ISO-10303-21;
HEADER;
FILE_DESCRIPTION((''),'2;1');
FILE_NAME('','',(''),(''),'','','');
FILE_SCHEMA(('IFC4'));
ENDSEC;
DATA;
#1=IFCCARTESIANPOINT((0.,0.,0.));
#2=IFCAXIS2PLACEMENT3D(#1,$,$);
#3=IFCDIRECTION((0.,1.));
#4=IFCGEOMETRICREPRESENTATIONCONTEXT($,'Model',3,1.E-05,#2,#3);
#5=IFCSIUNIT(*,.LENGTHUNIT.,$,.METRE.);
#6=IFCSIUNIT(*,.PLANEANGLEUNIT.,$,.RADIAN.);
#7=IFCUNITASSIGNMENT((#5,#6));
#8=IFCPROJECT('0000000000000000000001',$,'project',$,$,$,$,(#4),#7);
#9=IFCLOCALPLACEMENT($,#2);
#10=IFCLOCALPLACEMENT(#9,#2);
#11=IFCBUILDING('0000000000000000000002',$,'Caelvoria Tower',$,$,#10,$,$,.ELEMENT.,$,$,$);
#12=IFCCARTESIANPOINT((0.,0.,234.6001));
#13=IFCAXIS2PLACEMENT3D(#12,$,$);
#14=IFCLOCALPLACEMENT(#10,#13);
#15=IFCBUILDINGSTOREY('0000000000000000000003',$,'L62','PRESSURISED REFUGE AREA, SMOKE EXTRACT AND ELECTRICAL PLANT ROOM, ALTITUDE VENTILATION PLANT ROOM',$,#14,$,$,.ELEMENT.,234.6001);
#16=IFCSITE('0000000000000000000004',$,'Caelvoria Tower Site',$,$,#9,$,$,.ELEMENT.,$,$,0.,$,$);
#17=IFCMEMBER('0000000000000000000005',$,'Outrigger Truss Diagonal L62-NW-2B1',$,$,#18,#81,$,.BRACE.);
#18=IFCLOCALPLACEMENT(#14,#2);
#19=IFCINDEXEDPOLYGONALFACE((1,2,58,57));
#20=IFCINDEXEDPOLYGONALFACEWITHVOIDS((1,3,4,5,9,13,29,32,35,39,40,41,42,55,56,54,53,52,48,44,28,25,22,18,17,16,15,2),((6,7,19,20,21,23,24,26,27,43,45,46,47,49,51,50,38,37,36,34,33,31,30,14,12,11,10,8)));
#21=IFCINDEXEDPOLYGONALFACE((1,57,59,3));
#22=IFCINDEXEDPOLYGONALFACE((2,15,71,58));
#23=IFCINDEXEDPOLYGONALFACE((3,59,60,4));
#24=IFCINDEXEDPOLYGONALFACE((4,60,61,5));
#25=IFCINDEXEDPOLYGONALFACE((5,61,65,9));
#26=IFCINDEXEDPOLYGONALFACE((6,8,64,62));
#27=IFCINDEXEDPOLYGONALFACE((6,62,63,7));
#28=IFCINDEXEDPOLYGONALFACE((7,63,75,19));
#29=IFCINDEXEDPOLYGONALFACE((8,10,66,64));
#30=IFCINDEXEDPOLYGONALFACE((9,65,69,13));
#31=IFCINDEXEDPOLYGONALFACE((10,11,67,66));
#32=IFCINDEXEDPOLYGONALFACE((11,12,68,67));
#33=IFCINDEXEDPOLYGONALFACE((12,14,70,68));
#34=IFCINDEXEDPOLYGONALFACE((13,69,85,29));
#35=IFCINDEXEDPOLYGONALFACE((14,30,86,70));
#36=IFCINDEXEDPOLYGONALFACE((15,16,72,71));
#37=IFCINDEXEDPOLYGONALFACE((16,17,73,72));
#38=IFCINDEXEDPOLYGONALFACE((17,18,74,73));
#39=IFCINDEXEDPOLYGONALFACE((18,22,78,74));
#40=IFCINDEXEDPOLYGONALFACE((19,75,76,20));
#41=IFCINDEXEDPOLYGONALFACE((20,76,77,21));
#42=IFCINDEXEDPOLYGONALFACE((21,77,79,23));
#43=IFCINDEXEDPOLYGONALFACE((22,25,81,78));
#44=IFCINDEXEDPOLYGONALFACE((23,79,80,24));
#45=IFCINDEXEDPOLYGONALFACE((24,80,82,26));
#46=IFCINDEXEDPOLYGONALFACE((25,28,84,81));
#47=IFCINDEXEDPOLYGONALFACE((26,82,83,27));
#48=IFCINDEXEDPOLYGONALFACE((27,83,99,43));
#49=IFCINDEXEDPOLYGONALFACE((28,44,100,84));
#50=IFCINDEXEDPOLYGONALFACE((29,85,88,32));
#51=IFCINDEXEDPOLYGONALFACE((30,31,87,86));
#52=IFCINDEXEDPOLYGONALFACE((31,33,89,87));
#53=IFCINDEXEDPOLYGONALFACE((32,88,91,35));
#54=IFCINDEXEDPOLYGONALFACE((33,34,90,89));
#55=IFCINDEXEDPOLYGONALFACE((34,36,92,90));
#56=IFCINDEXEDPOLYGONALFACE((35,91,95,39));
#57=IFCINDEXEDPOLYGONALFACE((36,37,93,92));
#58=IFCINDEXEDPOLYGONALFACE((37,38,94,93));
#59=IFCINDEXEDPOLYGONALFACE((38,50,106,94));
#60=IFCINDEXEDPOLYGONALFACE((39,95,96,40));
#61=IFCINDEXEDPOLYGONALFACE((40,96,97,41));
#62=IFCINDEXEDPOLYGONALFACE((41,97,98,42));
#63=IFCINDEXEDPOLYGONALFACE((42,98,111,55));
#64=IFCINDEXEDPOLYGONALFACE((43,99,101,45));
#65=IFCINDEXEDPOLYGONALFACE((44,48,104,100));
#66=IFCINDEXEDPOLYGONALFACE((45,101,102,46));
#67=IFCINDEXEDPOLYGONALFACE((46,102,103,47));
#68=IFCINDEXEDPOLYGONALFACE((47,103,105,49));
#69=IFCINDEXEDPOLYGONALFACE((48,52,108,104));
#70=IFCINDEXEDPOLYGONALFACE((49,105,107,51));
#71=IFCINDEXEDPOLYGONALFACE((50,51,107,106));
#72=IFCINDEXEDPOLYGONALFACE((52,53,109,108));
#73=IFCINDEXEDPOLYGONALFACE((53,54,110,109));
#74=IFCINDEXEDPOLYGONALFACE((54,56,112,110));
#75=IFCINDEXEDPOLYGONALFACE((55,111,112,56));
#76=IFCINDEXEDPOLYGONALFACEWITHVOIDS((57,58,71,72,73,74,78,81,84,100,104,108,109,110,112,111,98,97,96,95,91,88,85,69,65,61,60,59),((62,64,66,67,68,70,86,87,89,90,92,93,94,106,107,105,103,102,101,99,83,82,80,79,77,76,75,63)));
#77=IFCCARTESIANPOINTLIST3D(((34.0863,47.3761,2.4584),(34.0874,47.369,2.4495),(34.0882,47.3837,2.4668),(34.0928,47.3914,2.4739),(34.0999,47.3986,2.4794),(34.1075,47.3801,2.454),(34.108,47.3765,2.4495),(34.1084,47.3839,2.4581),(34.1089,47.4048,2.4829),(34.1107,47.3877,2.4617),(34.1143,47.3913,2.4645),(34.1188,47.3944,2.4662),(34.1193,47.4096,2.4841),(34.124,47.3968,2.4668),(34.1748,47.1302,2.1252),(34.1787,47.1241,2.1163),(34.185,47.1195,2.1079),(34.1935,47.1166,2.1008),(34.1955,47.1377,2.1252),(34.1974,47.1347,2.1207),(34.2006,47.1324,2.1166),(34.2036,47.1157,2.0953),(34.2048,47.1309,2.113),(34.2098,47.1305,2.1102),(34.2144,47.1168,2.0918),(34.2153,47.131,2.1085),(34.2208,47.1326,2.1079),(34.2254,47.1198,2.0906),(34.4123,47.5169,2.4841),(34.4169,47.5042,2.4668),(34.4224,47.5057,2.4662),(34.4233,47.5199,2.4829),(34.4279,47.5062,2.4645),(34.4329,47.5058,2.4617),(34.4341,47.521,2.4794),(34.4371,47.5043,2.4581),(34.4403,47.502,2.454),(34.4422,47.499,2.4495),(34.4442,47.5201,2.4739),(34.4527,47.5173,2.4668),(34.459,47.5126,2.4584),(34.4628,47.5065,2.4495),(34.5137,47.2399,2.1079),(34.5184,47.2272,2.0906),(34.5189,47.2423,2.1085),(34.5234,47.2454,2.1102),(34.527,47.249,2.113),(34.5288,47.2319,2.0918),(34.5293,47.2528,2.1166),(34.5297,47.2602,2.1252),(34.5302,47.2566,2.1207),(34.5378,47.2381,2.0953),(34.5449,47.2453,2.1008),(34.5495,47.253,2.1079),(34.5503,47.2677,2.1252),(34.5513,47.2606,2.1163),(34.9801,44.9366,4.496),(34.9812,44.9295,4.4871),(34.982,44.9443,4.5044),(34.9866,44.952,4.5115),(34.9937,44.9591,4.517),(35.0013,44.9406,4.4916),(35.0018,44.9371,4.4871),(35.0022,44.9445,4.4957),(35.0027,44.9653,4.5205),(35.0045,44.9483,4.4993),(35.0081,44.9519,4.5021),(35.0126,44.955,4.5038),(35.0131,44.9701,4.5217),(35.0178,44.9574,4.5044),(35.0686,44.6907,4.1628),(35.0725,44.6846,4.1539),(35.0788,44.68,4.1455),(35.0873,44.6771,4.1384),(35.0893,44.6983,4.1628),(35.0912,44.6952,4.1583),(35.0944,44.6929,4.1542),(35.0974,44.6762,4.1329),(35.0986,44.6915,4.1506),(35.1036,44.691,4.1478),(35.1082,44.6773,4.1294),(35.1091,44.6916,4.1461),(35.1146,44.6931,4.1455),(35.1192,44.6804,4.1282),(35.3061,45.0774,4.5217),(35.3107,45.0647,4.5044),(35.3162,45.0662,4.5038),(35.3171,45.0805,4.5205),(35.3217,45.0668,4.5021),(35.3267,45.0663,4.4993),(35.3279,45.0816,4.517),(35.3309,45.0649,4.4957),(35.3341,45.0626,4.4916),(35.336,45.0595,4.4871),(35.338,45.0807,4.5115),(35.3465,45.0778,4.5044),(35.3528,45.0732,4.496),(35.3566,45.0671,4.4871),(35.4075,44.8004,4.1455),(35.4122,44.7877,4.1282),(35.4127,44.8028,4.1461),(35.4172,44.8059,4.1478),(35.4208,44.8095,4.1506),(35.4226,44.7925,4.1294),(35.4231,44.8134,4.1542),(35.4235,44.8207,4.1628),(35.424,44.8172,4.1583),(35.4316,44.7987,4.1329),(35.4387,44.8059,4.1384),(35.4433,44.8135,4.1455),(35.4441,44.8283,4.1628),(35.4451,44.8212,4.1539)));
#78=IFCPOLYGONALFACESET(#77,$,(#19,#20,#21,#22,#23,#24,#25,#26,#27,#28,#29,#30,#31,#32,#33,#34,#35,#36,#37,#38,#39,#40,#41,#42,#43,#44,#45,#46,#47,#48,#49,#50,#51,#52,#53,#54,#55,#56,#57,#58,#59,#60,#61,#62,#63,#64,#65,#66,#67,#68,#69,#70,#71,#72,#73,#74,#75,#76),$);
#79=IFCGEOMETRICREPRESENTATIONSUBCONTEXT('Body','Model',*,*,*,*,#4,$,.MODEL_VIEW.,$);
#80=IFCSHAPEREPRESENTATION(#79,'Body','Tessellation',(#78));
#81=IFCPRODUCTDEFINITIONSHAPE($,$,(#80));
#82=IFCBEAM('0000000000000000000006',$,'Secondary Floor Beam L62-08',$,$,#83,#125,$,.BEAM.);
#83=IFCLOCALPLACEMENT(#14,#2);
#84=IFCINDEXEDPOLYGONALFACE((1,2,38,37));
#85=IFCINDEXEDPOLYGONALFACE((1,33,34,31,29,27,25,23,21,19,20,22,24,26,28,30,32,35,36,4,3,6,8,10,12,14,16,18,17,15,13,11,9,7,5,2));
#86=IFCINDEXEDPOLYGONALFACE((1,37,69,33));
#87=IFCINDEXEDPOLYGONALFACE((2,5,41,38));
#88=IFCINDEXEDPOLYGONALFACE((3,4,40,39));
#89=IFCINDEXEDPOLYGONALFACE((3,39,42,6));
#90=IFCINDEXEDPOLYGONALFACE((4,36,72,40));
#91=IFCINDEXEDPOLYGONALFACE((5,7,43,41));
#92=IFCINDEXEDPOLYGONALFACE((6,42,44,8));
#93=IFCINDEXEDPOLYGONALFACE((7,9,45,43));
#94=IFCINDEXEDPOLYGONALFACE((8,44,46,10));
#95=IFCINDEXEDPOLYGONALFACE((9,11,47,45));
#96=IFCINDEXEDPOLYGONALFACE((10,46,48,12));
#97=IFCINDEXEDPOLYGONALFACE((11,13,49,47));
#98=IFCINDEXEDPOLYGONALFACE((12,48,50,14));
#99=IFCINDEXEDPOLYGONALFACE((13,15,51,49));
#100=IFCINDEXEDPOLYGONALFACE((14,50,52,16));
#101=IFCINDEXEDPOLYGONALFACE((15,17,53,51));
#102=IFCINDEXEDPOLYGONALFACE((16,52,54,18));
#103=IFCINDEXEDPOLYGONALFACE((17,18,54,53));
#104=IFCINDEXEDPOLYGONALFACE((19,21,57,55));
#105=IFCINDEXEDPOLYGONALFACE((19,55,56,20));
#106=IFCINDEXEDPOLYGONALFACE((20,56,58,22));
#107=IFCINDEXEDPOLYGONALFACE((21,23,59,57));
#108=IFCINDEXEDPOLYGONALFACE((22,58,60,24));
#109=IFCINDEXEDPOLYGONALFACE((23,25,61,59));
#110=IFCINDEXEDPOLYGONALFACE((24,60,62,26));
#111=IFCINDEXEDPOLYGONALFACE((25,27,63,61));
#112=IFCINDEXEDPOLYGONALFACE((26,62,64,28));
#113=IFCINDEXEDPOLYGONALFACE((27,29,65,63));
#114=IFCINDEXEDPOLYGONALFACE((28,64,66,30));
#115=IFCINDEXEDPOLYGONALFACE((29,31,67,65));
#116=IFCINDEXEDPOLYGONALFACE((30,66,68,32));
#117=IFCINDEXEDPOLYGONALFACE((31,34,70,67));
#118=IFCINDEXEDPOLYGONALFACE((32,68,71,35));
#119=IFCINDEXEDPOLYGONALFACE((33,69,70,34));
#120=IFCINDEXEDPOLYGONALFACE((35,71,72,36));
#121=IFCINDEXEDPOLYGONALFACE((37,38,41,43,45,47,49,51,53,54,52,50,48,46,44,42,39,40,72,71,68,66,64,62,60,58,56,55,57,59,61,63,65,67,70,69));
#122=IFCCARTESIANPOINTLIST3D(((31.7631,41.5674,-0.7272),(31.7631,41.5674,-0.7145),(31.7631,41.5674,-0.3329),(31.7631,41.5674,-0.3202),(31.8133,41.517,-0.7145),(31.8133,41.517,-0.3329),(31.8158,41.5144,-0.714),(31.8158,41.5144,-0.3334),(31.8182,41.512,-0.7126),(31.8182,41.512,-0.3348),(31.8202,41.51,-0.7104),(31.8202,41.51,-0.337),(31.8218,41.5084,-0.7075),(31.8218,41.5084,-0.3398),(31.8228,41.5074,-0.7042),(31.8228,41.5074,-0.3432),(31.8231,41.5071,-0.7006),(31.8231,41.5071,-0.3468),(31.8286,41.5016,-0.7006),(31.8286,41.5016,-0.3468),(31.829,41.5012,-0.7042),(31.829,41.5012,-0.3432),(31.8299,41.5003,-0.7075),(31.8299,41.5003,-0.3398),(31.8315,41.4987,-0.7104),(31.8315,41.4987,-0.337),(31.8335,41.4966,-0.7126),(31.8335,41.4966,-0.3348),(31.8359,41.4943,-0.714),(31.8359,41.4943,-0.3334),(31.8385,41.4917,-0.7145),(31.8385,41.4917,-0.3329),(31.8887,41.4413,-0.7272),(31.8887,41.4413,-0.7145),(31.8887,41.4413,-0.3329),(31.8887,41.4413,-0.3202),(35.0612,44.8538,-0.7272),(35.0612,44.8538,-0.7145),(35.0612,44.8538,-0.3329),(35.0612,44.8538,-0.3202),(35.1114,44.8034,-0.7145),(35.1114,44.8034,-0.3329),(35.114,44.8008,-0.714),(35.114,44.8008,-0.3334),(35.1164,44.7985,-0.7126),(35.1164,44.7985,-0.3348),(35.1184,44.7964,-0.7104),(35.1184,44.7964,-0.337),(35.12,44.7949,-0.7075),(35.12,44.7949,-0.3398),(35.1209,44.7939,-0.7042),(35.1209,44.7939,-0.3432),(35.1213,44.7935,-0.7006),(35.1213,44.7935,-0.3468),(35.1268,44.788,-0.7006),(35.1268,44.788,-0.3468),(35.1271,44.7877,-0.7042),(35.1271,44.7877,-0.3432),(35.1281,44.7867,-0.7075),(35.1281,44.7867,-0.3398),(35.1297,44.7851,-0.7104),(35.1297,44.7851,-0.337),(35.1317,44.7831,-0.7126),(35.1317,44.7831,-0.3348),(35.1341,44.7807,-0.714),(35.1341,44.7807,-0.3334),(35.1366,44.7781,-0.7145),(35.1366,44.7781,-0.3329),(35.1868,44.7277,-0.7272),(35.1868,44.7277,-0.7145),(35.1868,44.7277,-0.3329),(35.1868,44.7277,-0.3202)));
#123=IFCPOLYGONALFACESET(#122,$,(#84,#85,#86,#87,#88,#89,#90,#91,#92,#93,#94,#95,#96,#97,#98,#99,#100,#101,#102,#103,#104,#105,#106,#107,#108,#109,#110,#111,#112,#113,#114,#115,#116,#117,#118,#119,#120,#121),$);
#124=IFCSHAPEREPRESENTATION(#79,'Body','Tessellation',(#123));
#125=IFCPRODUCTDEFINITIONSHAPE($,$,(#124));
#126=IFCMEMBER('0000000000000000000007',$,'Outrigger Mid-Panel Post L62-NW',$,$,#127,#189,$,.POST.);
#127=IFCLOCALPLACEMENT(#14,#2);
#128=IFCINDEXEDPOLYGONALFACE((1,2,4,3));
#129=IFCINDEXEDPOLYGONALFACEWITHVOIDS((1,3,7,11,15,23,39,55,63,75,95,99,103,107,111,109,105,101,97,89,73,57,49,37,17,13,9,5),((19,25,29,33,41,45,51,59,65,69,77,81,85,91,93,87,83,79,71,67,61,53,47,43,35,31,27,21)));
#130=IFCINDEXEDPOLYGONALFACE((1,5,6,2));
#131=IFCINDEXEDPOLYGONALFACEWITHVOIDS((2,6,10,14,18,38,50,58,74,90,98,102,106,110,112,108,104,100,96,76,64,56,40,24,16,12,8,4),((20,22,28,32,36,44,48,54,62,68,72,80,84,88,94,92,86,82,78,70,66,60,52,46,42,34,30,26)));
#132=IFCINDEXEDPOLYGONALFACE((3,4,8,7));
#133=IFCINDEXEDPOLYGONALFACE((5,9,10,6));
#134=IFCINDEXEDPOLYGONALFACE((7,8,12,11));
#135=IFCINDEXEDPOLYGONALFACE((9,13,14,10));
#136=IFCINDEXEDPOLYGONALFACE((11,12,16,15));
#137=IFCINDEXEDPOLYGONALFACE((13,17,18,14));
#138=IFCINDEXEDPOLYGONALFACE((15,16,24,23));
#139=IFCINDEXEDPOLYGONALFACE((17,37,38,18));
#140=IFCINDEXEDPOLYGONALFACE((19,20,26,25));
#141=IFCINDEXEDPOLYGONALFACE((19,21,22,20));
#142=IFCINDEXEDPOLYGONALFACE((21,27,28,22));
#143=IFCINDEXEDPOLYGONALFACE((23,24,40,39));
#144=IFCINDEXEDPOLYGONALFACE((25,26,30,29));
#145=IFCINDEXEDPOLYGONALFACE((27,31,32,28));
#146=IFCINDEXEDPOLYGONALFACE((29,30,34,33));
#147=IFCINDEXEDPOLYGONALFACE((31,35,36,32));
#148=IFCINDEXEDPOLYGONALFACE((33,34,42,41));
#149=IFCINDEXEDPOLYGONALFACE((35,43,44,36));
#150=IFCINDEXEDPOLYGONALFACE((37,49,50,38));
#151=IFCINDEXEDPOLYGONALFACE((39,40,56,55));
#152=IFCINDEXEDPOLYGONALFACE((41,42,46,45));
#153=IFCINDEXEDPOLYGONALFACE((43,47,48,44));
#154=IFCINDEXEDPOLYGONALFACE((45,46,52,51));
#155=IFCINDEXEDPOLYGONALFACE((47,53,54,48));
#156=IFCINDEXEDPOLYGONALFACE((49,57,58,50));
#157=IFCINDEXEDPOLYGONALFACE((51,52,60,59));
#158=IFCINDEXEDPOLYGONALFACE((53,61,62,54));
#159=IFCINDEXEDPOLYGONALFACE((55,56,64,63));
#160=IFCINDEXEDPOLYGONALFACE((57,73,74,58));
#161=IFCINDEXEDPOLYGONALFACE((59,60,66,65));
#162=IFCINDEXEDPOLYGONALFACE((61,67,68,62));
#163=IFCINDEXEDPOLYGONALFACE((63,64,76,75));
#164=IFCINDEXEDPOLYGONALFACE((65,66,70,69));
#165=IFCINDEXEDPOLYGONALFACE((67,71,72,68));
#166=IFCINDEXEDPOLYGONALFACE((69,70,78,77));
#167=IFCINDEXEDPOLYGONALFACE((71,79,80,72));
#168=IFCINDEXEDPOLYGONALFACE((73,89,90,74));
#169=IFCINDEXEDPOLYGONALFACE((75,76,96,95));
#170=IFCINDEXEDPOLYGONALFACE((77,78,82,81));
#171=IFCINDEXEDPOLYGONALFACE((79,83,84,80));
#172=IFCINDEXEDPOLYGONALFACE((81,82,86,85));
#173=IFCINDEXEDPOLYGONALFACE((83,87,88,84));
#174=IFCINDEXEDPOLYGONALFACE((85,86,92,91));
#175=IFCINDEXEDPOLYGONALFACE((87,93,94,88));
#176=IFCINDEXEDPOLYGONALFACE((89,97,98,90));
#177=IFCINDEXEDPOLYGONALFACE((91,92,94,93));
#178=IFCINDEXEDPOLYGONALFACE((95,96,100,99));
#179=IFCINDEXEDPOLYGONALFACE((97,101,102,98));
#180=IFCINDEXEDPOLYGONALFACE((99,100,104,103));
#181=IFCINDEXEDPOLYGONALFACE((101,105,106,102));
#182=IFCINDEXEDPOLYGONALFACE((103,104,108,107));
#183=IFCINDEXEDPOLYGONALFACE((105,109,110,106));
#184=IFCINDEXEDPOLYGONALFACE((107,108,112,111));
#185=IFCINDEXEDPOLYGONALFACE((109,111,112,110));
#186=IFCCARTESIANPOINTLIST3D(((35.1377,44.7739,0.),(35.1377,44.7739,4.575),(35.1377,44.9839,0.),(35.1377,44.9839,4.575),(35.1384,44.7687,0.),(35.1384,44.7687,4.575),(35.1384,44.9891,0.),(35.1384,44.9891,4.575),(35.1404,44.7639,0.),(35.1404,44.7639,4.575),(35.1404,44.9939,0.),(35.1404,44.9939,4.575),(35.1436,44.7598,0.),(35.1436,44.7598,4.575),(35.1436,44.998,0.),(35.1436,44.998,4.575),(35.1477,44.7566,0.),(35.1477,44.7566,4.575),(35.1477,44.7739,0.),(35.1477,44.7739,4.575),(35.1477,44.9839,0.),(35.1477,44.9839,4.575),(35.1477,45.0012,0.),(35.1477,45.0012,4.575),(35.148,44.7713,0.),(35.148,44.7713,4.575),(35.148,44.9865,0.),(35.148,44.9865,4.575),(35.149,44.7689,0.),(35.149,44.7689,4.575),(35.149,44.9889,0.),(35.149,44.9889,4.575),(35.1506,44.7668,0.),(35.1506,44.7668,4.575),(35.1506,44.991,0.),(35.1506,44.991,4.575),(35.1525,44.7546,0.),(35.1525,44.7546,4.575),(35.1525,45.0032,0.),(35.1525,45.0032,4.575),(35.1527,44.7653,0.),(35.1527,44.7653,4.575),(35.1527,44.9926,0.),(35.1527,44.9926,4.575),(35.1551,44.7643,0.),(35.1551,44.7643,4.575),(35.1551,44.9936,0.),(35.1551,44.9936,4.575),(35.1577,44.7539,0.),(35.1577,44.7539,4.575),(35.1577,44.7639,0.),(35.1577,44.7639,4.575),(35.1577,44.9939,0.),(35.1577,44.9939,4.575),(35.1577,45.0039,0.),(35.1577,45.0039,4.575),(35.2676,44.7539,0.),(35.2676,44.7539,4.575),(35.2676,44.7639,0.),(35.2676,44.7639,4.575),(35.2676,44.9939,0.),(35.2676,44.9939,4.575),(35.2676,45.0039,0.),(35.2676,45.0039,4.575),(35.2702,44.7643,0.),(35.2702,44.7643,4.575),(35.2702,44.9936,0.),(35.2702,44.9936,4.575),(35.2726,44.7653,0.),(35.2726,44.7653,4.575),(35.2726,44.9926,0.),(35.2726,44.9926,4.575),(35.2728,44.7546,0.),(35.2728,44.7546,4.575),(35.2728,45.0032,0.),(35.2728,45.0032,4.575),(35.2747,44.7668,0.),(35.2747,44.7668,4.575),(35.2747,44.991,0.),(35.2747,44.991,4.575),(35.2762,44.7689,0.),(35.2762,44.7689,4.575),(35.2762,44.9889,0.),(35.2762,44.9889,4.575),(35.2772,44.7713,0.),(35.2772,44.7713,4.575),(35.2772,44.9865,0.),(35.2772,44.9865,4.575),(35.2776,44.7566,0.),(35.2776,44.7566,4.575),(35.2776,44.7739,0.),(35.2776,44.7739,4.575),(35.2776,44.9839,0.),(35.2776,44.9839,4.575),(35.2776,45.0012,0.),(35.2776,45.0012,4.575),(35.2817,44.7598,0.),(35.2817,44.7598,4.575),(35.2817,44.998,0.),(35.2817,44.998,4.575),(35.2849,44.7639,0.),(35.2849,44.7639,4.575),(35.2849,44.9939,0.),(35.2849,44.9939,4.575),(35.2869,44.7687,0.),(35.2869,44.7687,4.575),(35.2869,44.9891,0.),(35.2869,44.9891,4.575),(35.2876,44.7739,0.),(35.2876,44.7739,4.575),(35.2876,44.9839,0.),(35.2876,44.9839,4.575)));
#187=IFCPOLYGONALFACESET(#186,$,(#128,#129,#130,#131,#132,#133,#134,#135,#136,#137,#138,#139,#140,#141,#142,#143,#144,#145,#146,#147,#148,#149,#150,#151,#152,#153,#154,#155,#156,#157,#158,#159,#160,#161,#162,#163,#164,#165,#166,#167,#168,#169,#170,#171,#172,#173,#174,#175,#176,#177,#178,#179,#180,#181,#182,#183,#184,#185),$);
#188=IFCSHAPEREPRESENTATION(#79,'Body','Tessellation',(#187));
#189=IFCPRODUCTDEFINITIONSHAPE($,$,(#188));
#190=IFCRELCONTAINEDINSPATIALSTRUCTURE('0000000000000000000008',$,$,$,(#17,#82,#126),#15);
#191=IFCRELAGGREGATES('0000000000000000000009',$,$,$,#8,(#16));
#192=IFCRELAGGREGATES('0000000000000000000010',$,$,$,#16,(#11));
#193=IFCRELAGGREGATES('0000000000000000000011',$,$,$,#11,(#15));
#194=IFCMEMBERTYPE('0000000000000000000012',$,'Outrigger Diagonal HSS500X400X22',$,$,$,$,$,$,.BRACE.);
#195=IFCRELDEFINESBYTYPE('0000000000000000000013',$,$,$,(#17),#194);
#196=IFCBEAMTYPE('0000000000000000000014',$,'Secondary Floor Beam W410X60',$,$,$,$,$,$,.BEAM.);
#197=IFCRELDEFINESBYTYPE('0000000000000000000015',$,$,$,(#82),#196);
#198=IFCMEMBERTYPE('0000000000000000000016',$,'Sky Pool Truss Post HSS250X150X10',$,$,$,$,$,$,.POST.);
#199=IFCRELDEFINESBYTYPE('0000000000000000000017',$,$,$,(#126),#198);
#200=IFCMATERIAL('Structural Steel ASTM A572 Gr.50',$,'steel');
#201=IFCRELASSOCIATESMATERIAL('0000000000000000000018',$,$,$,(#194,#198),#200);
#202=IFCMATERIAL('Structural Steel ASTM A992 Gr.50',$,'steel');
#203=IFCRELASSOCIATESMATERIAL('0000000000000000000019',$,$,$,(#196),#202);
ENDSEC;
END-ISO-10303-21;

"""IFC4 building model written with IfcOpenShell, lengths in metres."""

from ifc_helpers import new_model, si_unit, direction, frame, origin, origin_2d, place, context, subcontext, project, spatial, hollow_rectangle, i_section, extrude, material, material_profile, profile_set, type_object, element, save


model = new_model("IFC4")

# Units and contexts
model_context = context("Model", 3, precision=1e-05, world=origin(), true_north=direction((0.0, 1.0)))
body_context = subcontext(model_context, "Body", "Model", "MODEL_VIEW")
ifc_project = project(units=[si_unit("LENGTHUNIT", "METRE"), si_unit("PLANEANGLEUNIT", "RADIAN")], contexts=[model_context])

# Site, building, storey
site_placement = place(None, origin())
site = spatial("IfcSite", under=ifc_project, at=site_placement, Name="Caelvoria Tower Site", CompositionType="ELEMENT", RefElevation=0.0)
building_placement = place(site_placement, origin())
building = spatial("IfcBuilding", under=site, at=building_placement, Name="Caelvoria Tower", CompositionType="ELEMENT")
storey_placement = place(building_placement, frame((0.0, 0.0, 234.6001)))
storey = spatial("IfcBuildingStorey", under=building, at=storey_placement, Name="L62", Description="PRESSURISED REFUGE AREA, SMOKE EXTRACT AND ELECTRICAL PLANT ROOM, ALTITUDE VENTILATION PLANT ROOM", CompositionType="ELEMENT", Elevation=234.6001)

# Member
ifc_material_1 = material(Name="Structural Steel ASTM A572 Gr.50", Category="steel")
ifc_material_profile_1 = material_profile(ifc_material_1, hollow_rectangle(XDim=0.3999, YDim=0.5, WallThickness=0.022, InnerFilletRadius=0.022, OuterFilletRadius=0.0439, at=origin_2d()), Name="Structural Steel ASTM A572 Gr.50")
ifc_profile_set_1 = profile_set([ifc_material_profile_1], Name="HSS500X400X22 - Structural Steel ASTM A572 Gr.50")
member_type_1 = type_object("IfcMemberType", Name="Outrigger Diagonal HSS500X400X22", PredefinedType="BRACE", material=ifc_profile_set_1)
member_1_placement = place(storey_placement, frame((35.2126, 44.8789, 4.325), z_axis=(-0.270704, 0.738834, -0.617125), x_axis=(-0.938959, -0.344028, 0.0)))
element("IfcMember", 1, at=member_1_placement, inside=storey, type_object=member_type_1, Name="Outrigger Truss Diagonal L62-NW-2B1", PredefinedType="BRACE", context=body_context, shape_type="SweptSolid", body=[
    extrude(hollow_rectangle(XDim=0.3999, YDim=0.5, WallThickness=0.022, InnerFilletRadius=0.022, OuterFilletRadius=0.0439, at=origin_2d()), origin(), (0.0, 0.0, 1.0), 3.3018),
])

# Beam
ifc_material_2 = material(Name="Structural Steel ASTM A992 Gr.50", Category="steel")
ifc_material_profile_2 = material_profile(ifc_material_2, i_section(OverallWidth=0.178, OverallDepth=0.407, WebThickness=0.0078, FlangeThickness=0.0127, FilletRadius=0.0139, at=origin_2d()), Name="Structural Steel ASTM A992 Gr.50")
ifc_profile_set_2 = profile_set([ifc_material_profile_2], Name="W410X60 - Structural Steel ASTM A992 Gr.50")
beam_type = type_object("IfcBeamType", Name="Secondary Floor Beam W410X60", PredefinedType="BEAM", material=ifc_profile_set_2)
beam_placement = place(storey_placement, frame((35.124, 44.7908, -0.5237), z_axis=(-0.708364, -0.705847, 0.0), x_axis=(0.705847, -0.708364, 0.0)))
element("IfcBeam", 2, at=beam_placement, inside=storey, type_object=beam_type, Name="Secondary Floor Beam L62-08", PredefinedType="BEAM", context=body_context, shape_type="SweptSolid", body=[
    extrude(i_section(OverallWidth=0.178, OverallDepth=0.407, WebThickness=0.0078, FlangeThickness=0.0127, FilletRadius=0.0139, at=origin_2d()), origin(), (0.0, 0.0, 1.0), 4.656),
])

# Member
ifc_material_profile_3 = material_profile(ifc_material_1, hollow_rectangle(XDim=0.1499, YDim=0.25, WallThickness=0.01, InnerFilletRadius=0.01, OuterFilletRadius=0.02, at=origin_2d()), Name="Structural Steel ASTM A572 Gr.50")
ifc_profile_set_3 = profile_set([ifc_material_profile_3], Name="HSS250X150X10 - Structural Steel ASTM A572 Gr.50")
member_type_2 = type_object("IfcMemberType", Name="Sky Pool Truss Post HSS250X150X10", PredefinedType="POST", material=ifc_profile_set_3)
member_2_placement = place(storey_placement, frame((35.2126, 44.8789, 0.0), z_axis=(0.0, 0.0, 1.0), x_axis=(1.0, 0.0, 0.0)))
element("IfcMember", 3, at=member_2_placement, inside=storey, type_object=member_type_2, Name="Outrigger Mid-Panel Post L62-NW", PredefinedType="POST", context=body_context, shape_type="SweptSolid", body=[
    extrude(hollow_rectangle(XDim=0.1499, YDim=0.25, WallThickness=0.01, InnerFilletRadius=0.01, OuterFilletRadius=0.02, at=origin_2d()), origin(), (0.0, 0.0, 1.0), 4.575),
])

save(model, "model.ifc")
